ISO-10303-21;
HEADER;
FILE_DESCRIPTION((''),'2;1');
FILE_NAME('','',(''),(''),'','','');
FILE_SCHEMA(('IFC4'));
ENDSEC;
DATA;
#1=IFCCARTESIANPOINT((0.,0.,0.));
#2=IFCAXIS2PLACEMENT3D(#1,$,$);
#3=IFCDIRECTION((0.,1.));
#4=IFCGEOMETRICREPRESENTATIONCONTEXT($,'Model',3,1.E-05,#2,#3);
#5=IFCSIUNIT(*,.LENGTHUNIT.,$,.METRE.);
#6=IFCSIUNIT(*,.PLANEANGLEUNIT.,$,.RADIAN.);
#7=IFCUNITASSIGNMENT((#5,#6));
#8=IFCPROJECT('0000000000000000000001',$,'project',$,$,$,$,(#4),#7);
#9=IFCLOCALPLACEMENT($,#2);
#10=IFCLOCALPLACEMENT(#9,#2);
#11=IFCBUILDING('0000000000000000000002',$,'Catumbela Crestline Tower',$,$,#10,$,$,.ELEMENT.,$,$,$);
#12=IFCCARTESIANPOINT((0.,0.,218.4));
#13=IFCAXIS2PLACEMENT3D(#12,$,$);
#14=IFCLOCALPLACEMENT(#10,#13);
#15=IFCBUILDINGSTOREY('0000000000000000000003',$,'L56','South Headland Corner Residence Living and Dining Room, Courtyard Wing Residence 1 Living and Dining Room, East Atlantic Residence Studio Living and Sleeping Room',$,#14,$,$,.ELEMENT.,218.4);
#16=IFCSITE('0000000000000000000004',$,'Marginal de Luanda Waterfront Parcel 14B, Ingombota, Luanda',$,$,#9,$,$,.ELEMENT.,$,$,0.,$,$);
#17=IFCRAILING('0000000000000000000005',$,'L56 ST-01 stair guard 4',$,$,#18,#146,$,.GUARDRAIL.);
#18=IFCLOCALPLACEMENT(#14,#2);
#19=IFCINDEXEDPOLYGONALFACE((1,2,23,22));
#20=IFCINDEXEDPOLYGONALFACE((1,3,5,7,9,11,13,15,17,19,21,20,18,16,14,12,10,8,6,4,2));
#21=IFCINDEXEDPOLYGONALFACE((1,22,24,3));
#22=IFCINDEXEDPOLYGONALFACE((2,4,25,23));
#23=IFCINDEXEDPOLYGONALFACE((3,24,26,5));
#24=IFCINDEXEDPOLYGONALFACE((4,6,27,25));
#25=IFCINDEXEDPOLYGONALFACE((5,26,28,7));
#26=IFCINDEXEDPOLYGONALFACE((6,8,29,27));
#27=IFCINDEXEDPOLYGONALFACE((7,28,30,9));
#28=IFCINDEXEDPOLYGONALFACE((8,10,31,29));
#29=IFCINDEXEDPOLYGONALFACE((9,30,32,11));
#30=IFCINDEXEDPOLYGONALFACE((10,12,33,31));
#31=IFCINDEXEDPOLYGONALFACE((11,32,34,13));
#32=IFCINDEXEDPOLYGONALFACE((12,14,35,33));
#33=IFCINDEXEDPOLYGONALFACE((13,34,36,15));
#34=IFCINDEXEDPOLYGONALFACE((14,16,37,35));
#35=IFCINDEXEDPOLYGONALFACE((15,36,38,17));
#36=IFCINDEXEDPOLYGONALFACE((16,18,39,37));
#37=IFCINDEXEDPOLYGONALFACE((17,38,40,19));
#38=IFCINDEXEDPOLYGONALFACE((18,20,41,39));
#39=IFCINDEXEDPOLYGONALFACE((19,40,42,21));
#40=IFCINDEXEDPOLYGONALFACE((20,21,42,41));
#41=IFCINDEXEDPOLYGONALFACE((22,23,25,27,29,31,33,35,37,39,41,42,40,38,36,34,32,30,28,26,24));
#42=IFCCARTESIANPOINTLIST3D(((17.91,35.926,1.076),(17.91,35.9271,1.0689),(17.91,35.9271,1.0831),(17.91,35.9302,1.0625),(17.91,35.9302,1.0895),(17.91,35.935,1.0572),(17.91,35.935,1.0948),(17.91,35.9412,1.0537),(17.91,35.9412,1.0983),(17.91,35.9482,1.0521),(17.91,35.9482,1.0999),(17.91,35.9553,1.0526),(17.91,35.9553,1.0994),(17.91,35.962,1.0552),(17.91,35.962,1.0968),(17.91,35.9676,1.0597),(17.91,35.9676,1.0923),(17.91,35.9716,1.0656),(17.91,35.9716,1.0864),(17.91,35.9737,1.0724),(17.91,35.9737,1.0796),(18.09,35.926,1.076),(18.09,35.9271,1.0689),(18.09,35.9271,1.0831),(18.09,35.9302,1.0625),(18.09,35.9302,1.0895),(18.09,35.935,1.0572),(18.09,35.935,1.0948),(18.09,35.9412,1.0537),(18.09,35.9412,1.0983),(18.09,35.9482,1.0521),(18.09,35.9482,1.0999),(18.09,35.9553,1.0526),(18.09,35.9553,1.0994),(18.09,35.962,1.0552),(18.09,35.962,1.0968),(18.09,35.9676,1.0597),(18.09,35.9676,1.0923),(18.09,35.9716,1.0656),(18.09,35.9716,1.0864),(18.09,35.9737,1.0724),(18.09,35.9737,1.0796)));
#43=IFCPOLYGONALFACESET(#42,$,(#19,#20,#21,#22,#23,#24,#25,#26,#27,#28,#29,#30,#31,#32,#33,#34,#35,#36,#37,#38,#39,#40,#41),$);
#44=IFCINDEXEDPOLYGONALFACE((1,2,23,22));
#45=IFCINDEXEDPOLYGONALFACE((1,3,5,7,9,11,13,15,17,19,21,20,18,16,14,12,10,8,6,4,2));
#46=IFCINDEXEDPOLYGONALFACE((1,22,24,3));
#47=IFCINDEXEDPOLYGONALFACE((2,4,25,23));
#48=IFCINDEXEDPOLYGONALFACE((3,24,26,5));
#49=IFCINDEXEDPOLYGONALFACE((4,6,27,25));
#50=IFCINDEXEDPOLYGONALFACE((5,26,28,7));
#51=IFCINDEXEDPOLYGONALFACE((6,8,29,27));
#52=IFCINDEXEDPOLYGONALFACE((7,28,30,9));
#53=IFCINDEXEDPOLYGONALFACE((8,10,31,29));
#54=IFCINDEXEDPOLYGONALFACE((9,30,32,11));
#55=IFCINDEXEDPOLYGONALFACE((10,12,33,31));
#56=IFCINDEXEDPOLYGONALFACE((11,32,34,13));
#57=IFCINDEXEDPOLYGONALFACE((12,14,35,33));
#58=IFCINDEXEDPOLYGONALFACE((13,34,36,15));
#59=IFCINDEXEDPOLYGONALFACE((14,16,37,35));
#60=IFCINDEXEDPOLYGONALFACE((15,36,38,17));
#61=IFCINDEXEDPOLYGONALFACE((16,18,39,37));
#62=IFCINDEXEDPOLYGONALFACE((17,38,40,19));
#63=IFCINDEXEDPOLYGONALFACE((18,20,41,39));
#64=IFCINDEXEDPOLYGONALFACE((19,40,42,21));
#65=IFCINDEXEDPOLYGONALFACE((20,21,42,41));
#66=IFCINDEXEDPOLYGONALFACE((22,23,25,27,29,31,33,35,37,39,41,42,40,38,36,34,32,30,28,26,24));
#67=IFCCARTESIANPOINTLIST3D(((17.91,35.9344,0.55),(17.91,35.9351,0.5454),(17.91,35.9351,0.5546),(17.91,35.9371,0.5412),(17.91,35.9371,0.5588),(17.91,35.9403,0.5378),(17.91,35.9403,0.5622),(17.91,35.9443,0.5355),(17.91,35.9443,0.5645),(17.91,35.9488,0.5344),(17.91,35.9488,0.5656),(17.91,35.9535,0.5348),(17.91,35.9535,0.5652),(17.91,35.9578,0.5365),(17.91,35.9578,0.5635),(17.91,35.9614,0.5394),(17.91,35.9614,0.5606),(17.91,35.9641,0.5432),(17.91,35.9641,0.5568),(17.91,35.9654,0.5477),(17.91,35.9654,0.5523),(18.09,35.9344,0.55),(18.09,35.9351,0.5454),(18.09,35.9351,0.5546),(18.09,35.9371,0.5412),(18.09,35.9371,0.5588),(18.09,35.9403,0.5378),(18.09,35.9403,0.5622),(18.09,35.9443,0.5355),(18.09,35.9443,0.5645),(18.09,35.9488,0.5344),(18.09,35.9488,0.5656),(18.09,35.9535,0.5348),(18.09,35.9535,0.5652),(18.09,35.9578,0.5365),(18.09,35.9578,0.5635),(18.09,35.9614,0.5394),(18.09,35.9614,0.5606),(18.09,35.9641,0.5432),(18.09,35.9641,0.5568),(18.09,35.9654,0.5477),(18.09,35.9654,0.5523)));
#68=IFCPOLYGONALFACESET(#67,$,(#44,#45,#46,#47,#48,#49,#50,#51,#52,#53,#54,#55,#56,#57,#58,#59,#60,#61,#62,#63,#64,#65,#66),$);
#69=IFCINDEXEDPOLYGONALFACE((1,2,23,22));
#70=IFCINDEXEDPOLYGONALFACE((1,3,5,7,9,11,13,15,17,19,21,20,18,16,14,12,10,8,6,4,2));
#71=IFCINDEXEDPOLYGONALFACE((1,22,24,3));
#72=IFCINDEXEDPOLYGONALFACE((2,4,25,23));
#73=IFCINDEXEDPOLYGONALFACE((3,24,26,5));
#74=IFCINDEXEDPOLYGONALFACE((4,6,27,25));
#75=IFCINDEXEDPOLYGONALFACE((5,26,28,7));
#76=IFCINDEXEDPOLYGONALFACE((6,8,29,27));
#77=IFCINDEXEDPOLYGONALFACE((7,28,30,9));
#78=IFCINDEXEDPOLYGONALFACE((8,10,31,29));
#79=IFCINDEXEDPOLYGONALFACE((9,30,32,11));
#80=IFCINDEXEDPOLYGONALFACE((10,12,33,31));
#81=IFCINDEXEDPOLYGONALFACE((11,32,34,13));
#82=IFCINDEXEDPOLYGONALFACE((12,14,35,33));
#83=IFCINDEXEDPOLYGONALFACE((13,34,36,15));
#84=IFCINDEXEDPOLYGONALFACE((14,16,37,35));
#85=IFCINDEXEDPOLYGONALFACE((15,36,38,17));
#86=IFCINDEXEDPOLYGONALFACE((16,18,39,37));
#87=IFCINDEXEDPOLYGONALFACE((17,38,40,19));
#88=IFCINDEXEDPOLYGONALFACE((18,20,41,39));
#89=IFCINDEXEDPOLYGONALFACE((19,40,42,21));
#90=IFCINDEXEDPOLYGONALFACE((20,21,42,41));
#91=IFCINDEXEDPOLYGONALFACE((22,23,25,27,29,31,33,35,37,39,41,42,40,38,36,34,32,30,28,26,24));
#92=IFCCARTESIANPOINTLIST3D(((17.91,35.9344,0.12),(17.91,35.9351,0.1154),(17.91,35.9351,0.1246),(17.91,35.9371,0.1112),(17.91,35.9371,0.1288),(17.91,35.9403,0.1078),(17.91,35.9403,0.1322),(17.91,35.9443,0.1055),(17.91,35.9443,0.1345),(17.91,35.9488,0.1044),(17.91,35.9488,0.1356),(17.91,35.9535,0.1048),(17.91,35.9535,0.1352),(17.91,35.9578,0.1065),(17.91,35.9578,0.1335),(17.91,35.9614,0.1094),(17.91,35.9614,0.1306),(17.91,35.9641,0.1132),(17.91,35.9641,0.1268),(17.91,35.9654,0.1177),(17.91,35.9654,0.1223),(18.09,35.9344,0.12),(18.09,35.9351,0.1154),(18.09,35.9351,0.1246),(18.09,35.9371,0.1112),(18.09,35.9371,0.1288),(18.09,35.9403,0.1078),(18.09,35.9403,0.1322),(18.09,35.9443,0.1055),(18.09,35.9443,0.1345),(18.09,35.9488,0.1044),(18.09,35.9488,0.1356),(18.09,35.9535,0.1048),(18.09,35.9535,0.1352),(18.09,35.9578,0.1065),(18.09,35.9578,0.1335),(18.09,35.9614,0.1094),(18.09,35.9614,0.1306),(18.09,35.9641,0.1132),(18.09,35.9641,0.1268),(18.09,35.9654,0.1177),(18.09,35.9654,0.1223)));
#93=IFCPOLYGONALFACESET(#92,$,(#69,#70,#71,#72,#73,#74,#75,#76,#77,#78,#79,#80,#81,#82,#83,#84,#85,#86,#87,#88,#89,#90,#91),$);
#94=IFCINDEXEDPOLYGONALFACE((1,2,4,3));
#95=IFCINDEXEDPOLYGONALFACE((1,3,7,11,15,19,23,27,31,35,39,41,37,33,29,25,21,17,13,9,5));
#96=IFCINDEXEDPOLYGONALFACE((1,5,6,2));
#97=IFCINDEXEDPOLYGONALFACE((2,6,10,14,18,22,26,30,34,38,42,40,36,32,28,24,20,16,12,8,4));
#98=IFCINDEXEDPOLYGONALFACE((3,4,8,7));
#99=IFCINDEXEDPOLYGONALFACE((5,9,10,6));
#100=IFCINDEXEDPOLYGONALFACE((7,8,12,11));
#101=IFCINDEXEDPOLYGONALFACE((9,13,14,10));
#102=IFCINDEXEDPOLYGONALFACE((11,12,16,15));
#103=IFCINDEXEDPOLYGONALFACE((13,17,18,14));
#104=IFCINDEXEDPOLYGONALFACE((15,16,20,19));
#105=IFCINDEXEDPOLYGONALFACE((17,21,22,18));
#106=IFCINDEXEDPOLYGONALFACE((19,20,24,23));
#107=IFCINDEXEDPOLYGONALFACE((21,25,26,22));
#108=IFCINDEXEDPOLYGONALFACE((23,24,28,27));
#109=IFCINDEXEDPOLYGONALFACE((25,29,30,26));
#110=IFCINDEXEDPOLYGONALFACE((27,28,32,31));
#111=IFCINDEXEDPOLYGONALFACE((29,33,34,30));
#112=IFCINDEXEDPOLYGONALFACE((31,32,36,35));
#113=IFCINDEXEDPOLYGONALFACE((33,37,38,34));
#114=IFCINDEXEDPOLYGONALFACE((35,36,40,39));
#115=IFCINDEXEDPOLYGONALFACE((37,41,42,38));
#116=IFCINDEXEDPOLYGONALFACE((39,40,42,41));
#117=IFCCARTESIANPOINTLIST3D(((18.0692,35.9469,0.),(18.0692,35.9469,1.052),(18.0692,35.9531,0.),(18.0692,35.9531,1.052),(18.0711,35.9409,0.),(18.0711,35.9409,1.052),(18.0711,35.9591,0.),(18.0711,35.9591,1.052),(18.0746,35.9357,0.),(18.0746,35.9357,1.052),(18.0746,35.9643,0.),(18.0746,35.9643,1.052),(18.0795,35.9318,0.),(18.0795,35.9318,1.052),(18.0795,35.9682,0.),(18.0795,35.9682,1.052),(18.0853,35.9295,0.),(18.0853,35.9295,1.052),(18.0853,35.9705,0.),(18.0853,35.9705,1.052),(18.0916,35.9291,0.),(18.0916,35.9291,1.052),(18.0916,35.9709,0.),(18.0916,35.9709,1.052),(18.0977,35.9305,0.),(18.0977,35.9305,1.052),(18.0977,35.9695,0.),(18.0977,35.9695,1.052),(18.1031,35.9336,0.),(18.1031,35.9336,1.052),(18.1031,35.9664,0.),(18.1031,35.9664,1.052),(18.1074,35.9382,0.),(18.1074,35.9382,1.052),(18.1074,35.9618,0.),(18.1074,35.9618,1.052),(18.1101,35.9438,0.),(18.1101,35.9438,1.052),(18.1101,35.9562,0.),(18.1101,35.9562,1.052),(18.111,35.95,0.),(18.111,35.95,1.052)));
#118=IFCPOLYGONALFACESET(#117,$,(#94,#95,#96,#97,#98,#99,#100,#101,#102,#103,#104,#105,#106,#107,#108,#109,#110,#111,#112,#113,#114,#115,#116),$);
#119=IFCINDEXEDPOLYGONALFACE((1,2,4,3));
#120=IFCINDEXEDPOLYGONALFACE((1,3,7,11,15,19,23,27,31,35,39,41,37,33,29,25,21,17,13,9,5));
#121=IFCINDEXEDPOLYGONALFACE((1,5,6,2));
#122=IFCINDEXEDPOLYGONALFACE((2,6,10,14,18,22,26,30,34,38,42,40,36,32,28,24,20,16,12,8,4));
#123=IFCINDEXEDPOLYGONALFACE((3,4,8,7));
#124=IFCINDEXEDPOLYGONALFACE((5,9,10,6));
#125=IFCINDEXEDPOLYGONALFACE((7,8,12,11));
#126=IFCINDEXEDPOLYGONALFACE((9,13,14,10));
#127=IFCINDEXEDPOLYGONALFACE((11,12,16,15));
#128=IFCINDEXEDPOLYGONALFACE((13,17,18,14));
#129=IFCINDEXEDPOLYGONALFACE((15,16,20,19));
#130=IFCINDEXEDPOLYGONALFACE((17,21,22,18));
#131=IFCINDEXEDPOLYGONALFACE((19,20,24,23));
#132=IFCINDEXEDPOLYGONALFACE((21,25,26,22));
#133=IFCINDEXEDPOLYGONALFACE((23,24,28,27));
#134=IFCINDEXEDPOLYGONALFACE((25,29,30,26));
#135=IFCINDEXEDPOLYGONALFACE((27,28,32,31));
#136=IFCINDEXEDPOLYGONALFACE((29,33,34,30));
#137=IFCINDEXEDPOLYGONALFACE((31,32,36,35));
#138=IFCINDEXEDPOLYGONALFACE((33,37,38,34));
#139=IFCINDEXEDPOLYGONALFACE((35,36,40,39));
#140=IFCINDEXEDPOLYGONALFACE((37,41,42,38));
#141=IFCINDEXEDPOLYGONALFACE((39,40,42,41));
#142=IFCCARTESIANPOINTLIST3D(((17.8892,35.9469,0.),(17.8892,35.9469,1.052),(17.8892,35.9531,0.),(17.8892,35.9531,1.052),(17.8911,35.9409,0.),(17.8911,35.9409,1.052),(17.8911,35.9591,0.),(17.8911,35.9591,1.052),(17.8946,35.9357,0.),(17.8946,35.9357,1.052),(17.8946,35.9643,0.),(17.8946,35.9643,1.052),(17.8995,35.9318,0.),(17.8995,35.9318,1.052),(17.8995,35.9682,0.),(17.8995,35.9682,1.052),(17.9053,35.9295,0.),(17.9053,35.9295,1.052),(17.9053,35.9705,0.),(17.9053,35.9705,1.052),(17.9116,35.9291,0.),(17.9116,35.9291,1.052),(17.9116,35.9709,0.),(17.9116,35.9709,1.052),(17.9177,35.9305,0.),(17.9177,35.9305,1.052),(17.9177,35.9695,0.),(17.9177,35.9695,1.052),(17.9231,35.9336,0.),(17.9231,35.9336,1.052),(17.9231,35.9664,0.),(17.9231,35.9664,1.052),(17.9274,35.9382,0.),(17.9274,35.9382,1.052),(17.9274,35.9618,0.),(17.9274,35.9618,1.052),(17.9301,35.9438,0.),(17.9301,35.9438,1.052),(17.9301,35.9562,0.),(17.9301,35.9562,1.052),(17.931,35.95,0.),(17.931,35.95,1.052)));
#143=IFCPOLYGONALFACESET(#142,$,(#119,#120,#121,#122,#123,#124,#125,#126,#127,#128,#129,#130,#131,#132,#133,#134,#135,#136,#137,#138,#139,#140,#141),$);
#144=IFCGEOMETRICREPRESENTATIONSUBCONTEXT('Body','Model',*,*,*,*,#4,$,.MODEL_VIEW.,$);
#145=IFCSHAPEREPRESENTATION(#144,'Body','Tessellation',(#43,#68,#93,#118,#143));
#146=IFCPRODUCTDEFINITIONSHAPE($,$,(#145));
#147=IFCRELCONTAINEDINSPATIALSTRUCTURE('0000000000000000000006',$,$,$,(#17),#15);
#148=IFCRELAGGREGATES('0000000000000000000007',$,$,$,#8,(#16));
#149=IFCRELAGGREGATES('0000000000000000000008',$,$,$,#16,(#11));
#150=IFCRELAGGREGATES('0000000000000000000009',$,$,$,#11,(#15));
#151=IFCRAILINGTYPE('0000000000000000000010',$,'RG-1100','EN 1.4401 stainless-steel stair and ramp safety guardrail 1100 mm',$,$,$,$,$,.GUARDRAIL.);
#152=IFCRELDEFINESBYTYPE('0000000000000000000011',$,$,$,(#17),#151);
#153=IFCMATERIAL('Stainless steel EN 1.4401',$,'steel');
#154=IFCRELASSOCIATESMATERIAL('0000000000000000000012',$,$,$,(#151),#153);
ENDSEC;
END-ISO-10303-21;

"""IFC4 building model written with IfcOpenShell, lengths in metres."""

from ifc_helpers import new_model, si_unit, direction, frame, origin, origin_2d, place, context, subcontext, project, spatial, circle, extrude, material, type_object, element, save


model = new_model("IFC4")

# Units and contexts
model_context = context("Model", 3, precision=1e-05, world=origin(), true_north=direction((0.0, 1.0)))
body_context = subcontext(model_context, "Body", "Model", "MODEL_VIEW")
ifc_project = project(units=[si_unit("LENGTHUNIT", "METRE"), si_unit("PLANEANGLEUNIT", "RADIAN")], contexts=[model_context])

# Site, building, storey
site_placement = place(None, origin())
site = spatial("IfcSite", under=ifc_project, at=site_placement, Name="Marginal de Luanda Waterfront Parcel 14B, Ingombota, Luanda", CompositionType="ELEMENT", RefElevation=0.0)
building_placement = place(site_placement, origin())
building = spatial("IfcBuilding", under=site, at=building_placement, Name="Catumbela Crestline Tower", CompositionType="ELEMENT")
storey_placement = place(building_placement, frame((0.0, 0.0, 218.4)))
storey = spatial("IfcBuildingStorey", under=building, at=storey_placement, Name="L56", Description="South Headland Corner Residence Living and Dining Room, Courtyard Wing Residence 1 Living and Dining Room, East Atlantic Residence Studio Living and Sleeping Room", CompositionType="ELEMENT", Elevation=218.4)

# Shared definitions
ifc_material_1 = material(Name="Stainless steel EN 1.4401", Category="steel")

# Railing
railing_type_1 = type_object("IfcRailingType", Name="RG-1100", Description="EN 1.4401 stainless-steel stair and ramp safety guardrail 1100 mm", PredefinedType="GUARDRAIL", material=ifc_material_1)
for number, where, name in (
    (1, (18.09, 35.95, 0.0), "L56 ST-01 stair guard 4"),
):
    element("IfcRailing", number, at=place(storey_placement, frame(where)), inside=storey, type_object=railing_type_1, Name=name, PredefinedType="GUARDRAIL", context=body_context, shape_type="SweptSolid", body=[
        extrude(circle(Radius=0.024, at=origin_2d()), frame((0.0, 0.0, 1.076), z_axis=(-1.0, 0.0, 0.0), x_axis=(0.0, -1.0, 0.0)), (0.0, 0.0, 1.0), 0.18),
        extrude(circle(Radius=0.0156, at=origin_2d()), frame((0.0, 0.0, 0.55), z_axis=(-1.0, 0.0, 0.0), x_axis=(0.0, -1.0, 0.0)), (0.0, 0.0, 1.0), 0.18),
        extrude(circle(Radius=0.0156, at=origin_2d()), frame((0.0, 0.0, 0.12), z_axis=(-1.0, 0.0, 0.0), x_axis=(0.0, -1.0, 0.0)), (0.0, 0.0, 1.0), 0.18),
        extrude(circle(Radius=0.021, at=origin_2d()), origin(), (0.0, 0.0, 1.0), 1.052),
        extrude(circle(Radius=0.021, at=origin_2d()), frame((-0.18, 0.0, 0.0)), (0.0, 0.0, 1.0), 1.052),
    ])

save(model, "model.ifc")
